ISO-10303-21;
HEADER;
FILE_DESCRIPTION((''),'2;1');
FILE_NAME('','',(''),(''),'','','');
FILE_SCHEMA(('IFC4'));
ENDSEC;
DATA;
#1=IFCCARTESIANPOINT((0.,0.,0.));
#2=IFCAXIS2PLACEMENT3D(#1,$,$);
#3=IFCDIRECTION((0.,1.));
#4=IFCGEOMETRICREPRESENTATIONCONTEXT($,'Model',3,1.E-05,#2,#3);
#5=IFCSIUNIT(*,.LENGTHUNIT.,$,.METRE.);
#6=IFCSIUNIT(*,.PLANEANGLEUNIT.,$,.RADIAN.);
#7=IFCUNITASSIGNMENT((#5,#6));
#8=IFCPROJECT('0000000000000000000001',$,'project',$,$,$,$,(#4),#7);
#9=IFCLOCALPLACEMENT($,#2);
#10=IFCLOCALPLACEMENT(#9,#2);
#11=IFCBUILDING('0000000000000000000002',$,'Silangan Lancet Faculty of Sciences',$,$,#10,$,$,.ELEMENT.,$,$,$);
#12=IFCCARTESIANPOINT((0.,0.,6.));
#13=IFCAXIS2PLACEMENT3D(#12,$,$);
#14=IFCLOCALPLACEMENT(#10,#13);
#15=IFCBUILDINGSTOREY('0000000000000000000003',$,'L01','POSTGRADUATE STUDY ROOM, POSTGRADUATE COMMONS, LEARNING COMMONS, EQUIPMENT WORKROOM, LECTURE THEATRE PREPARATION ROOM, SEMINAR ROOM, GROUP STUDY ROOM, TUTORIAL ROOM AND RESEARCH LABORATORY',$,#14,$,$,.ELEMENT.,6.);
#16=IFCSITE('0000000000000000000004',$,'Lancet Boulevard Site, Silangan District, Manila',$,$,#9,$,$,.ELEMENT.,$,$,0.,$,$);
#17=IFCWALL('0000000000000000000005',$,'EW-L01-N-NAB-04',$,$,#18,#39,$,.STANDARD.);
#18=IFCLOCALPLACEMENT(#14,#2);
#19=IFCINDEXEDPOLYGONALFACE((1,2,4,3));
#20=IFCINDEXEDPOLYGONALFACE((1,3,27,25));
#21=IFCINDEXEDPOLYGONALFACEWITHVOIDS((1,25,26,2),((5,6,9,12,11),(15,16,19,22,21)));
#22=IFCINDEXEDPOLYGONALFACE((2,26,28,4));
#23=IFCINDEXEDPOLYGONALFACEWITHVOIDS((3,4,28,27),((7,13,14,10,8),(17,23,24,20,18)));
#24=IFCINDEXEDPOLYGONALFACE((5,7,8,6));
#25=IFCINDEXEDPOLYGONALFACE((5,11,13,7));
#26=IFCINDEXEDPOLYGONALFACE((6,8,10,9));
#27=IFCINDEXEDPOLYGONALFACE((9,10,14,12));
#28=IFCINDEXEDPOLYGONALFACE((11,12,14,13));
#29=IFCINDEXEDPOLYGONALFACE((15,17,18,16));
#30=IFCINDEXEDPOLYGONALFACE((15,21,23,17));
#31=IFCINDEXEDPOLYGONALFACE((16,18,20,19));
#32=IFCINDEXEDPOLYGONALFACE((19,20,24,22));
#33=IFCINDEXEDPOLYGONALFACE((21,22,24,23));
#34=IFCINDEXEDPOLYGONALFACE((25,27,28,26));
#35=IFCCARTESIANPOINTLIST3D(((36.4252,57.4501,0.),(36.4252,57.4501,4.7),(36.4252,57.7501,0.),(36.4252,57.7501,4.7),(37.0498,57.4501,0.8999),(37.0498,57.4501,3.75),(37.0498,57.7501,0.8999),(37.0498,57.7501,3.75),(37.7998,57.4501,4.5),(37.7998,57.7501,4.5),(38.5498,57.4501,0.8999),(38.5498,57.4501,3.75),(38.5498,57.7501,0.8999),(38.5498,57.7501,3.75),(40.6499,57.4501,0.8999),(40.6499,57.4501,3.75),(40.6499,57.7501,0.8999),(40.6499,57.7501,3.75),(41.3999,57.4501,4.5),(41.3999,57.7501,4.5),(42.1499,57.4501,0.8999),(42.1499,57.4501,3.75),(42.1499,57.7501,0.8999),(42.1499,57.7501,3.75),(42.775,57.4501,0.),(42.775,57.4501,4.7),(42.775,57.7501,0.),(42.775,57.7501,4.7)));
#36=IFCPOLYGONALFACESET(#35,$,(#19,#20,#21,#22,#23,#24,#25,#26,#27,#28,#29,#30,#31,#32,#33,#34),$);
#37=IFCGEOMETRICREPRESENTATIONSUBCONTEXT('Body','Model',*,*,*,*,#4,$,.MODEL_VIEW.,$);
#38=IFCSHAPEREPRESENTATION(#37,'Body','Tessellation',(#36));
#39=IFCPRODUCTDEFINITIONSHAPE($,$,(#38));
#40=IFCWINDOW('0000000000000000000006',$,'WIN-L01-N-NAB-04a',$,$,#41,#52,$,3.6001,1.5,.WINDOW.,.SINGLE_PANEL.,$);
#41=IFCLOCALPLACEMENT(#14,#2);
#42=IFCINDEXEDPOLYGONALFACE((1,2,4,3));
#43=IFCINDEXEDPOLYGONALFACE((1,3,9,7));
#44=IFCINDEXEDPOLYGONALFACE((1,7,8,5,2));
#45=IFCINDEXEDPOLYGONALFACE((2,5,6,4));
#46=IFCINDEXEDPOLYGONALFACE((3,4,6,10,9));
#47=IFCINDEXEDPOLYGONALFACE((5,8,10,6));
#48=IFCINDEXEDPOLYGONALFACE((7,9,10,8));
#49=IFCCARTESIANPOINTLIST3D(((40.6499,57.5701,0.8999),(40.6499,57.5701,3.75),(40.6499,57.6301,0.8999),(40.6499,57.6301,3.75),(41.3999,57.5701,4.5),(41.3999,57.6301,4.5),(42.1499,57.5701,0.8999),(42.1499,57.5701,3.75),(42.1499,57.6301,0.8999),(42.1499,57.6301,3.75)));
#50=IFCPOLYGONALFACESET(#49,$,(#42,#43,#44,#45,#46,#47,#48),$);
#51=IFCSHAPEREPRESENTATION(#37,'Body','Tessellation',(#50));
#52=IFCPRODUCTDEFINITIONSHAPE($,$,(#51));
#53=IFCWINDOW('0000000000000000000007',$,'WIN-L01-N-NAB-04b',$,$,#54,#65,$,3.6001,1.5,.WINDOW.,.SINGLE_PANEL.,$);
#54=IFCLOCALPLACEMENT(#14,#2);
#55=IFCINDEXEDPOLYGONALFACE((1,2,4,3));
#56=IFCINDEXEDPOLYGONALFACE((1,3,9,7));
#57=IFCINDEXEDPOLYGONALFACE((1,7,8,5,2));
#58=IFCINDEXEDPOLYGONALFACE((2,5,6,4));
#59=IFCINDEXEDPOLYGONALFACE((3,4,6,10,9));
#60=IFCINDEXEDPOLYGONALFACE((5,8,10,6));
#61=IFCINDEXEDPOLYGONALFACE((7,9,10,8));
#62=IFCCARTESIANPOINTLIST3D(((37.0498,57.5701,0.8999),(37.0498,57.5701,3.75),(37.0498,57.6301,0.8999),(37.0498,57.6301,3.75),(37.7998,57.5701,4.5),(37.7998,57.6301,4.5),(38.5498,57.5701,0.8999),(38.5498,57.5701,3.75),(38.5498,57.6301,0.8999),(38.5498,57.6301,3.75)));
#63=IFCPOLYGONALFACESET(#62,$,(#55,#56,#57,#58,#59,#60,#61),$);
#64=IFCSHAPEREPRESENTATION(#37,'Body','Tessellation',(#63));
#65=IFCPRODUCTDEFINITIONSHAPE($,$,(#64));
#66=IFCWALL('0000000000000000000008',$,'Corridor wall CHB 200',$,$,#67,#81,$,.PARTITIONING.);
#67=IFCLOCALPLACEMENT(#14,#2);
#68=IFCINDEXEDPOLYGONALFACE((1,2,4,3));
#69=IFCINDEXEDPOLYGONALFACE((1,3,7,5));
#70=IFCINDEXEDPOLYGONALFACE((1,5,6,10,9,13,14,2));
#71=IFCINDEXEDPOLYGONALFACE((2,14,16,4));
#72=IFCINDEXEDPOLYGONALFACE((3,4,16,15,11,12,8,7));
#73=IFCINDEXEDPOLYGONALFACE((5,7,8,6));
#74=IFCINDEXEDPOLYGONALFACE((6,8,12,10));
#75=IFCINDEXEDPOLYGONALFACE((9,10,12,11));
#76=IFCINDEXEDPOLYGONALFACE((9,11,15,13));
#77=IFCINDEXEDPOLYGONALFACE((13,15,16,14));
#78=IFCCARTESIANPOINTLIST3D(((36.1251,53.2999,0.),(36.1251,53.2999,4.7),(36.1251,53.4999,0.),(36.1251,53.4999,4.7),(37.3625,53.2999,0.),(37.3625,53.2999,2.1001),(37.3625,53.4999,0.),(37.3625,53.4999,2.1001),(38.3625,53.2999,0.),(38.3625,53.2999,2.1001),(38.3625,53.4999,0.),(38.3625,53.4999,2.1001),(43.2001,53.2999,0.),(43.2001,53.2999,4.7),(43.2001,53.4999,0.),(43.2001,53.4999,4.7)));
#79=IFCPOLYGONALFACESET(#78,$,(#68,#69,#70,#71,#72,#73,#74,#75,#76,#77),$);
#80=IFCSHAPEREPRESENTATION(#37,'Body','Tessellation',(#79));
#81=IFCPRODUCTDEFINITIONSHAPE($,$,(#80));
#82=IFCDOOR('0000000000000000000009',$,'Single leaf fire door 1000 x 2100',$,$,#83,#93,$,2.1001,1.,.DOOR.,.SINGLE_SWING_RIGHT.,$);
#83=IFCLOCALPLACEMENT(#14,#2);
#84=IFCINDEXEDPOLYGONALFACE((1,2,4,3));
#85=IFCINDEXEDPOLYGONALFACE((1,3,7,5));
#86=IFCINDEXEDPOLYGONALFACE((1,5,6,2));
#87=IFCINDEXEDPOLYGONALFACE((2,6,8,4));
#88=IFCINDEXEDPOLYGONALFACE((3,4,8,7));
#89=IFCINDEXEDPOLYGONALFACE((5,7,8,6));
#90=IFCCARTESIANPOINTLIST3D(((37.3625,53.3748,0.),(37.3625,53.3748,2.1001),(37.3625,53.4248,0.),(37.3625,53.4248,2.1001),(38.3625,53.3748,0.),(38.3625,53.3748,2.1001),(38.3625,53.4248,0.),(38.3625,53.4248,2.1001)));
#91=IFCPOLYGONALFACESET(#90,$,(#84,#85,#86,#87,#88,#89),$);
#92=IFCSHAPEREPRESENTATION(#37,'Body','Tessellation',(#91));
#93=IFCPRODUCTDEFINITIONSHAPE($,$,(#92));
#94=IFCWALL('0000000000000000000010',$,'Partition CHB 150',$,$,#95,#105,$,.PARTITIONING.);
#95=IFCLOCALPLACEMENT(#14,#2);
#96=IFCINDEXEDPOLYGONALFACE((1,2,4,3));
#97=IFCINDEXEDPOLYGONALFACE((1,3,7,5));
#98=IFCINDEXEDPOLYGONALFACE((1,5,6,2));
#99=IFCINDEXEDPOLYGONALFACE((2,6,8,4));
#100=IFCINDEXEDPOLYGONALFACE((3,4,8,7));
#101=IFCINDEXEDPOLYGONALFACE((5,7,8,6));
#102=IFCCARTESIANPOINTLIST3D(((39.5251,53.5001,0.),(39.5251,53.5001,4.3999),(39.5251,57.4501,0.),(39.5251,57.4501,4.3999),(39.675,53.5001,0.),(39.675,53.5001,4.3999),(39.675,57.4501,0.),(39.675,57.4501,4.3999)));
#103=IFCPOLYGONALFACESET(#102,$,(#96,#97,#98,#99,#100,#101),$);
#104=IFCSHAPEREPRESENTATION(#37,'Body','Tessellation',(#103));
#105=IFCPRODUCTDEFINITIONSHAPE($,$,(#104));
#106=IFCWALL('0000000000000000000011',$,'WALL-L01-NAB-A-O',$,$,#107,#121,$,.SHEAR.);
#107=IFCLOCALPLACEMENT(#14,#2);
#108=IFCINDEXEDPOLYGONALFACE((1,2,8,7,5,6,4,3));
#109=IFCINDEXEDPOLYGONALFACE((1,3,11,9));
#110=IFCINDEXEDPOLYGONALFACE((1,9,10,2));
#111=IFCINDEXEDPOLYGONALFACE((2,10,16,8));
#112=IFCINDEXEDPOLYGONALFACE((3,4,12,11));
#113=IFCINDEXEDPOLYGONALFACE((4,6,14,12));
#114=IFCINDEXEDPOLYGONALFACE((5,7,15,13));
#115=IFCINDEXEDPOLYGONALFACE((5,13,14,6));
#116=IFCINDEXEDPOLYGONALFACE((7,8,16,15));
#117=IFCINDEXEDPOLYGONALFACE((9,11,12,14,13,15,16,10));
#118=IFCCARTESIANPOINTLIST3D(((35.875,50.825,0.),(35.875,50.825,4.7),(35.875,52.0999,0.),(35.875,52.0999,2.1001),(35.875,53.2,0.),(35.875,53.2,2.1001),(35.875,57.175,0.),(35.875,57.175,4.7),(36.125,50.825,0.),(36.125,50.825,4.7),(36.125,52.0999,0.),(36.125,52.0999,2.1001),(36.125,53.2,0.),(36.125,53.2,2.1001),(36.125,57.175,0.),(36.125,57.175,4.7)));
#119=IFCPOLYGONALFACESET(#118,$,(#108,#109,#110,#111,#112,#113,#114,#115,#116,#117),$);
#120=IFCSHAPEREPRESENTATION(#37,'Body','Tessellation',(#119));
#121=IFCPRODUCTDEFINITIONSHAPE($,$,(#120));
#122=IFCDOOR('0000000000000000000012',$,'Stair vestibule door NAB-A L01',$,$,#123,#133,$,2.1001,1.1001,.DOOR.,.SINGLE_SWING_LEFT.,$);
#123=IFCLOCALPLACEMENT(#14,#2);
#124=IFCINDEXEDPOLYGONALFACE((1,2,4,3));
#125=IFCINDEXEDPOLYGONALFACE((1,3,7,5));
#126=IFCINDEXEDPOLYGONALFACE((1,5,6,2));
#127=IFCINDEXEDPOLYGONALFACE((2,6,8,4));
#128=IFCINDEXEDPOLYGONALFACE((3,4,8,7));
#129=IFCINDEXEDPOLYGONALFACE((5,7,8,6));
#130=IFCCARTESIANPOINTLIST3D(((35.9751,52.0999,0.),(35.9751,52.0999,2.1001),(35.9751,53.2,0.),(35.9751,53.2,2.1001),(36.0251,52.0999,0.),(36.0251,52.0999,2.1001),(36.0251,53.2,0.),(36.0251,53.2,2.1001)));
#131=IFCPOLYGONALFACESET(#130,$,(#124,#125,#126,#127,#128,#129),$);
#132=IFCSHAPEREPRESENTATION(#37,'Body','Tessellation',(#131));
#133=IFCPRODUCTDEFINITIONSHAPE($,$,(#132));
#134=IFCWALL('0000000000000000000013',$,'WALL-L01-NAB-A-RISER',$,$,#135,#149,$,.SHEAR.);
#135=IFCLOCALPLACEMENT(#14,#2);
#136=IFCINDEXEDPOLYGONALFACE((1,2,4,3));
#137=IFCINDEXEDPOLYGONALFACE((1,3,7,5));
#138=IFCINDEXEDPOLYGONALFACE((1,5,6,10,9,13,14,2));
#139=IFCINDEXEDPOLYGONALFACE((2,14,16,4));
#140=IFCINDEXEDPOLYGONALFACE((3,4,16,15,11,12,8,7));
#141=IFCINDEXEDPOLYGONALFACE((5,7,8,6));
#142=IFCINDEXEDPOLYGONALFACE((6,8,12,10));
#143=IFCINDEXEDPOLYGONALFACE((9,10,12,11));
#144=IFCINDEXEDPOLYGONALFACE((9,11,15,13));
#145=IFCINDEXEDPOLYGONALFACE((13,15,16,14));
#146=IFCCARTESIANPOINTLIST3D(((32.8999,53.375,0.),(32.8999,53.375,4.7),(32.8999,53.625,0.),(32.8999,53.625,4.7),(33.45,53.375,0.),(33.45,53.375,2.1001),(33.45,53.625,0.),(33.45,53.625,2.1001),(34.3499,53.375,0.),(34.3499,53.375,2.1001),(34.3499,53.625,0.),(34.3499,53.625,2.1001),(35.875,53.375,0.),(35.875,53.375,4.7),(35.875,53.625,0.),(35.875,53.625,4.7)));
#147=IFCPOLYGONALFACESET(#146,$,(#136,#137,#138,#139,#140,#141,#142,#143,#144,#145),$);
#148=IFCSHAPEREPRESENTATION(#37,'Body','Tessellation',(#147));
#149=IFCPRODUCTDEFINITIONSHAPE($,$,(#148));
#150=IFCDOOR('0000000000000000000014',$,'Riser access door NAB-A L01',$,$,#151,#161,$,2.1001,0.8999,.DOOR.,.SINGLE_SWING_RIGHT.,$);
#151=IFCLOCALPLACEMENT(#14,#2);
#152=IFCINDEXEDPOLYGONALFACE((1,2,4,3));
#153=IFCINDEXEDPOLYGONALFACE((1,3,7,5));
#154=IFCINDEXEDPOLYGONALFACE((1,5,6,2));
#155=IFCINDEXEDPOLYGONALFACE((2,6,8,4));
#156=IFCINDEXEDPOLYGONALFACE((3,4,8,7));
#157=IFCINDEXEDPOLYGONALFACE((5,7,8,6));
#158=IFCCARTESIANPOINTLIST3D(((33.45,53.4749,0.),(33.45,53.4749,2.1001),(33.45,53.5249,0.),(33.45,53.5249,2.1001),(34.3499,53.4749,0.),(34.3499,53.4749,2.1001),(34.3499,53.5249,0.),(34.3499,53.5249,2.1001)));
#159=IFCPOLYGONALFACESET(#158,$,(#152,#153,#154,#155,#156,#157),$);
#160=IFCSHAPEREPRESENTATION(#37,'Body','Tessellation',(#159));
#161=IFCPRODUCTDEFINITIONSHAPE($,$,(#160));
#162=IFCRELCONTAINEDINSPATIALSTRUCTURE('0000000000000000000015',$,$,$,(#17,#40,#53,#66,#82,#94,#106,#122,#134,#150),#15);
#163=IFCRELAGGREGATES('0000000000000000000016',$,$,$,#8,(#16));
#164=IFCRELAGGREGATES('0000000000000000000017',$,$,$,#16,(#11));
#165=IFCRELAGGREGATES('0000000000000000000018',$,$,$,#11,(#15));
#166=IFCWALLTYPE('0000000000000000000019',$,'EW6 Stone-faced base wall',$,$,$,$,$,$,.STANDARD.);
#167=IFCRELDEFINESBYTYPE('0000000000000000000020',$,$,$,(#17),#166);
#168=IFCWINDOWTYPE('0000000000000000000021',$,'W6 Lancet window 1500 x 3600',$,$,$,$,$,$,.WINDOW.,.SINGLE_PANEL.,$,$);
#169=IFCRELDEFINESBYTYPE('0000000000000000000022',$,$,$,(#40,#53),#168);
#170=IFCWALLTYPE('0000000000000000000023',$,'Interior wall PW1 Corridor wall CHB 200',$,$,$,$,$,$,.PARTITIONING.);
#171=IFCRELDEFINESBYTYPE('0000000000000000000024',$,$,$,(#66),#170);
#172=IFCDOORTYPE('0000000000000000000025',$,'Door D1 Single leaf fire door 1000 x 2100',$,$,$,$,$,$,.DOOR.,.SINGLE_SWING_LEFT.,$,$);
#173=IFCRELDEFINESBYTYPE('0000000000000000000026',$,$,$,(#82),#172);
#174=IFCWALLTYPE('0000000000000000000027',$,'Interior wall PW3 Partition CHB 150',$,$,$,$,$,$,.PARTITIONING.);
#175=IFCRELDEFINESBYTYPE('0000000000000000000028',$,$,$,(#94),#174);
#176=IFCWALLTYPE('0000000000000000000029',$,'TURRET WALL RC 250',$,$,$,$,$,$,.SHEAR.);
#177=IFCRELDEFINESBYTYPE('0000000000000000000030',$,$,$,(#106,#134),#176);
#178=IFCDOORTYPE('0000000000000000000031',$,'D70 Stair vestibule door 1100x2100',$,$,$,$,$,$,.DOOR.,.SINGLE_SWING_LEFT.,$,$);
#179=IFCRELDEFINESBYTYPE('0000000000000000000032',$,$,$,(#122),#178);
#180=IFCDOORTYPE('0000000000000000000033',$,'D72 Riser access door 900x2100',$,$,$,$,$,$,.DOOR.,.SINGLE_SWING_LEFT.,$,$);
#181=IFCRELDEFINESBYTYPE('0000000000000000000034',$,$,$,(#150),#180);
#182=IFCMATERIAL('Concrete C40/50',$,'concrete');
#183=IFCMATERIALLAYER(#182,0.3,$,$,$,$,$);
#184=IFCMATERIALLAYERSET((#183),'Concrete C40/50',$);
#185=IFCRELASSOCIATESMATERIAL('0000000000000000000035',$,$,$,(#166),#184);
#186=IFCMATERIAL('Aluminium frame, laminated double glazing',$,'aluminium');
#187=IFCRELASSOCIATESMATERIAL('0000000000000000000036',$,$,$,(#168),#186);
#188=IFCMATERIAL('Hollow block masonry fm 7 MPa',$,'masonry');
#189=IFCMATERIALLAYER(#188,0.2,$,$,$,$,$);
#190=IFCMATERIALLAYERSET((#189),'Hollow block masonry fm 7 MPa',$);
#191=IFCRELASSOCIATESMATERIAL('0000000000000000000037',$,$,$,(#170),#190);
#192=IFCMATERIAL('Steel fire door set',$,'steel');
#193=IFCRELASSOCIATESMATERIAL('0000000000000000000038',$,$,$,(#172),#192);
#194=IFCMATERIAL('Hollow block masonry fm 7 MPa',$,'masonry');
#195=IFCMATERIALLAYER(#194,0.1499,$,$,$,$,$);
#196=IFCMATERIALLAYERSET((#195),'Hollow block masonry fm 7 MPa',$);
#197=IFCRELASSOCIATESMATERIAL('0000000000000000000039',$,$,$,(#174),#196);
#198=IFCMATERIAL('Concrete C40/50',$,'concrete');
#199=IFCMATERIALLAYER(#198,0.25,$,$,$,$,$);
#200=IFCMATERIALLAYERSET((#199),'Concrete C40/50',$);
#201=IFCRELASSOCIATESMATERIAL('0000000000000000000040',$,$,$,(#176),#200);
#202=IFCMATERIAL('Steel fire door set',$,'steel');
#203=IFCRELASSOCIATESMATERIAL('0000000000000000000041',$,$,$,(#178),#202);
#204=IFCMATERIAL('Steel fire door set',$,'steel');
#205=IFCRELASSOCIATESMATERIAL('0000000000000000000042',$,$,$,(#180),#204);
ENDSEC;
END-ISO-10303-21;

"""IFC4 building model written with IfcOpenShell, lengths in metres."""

from ifc_helpers import new_model, si_unit, direction, frame, frame_2d, origin, place, context, subcontext, project, spatial, polyline, rectangle, outline, extrude, material, layer, layer_set, type_object, element, fill, save


model = new_model("IFC4")

# Units and contexts
model_context = context("Model", 3, precision=1e-05, world=origin(), true_north=direction((0.0, 1.0)))
body_context = subcontext(model_context, "Body", "Model", "MODEL_VIEW")
ifc_project = project(units=[si_unit("LENGTHUNIT", "METRE"), si_unit("PLANEANGLEUNIT", "RADIAN")], contexts=[model_context])

# Site, building, storey
site_placement = place(None, origin())
site = spatial("IfcSite", under=ifc_project, at=site_placement, Name="Lancet Boulevard Site, Silangan District, Manila", CompositionType="ELEMENT", RefElevation=0.0)
building_placement = place(site_placement, origin())
building = spatial("IfcBuilding", under=site, at=building_placement, Name="Silangan Lancet Faculty of Sciences", CompositionType="ELEMENT")
storey_placement = place(building_placement, frame((0.0, 0.0, 6.0)))
storey = spatial("IfcBuildingStorey", under=building, at=storey_placement, Name="L01", Description="POSTGRADUATE STUDY ROOM, POSTGRADUATE COMMONS, LEARNING COMMONS, EQUIPMENT WORKROOM, LECTURE THEATRE PREPARATION ROOM, SEMINAR ROOM, GROUP STUDY ROOM, TUTORIAL ROOM AND RESEARCH LABORATORY", CompositionType="ELEMENT", Elevation=6.0)

# Wall, openings, windows
ifc_material_1 = material(Name="Concrete C40/50", Category="concrete")
ifc_layer_1 = layer(ifc_material_1, 0.3)
ifc_layer_set_1 = layer_set([ifc_layer_1], Name="Concrete C40/50")
wall_type_1 = type_object("IfcWallType", Name="EW6 Stone-faced base wall", PredefinedType="STANDARD", material=ifc_layer_set_1)
wall_1_placement = place(storey_placement, frame((42.7749, 57.6001, 0.0), z_axis=(0.0, 0.0, 1.0), x_axis=(-1.0, 0.0, 0.0)))
wall_1 = element("IfcWall", 1, at=wall_1_placement, inside=storey, type_object=wall_type_1, Name="EW-L01-N-NAB-04", PredefinedType="STANDARD", context=body_context, shape_type="SweptSolid", body=[
    extrude(rectangle(XDim=6.3499, YDim=0.3, at=frame_2d((3.1748, 0.0))), origin(), (0.0, 0.0, 1.0), 4.7),
])
opening_1_placement = place(wall_1_placement, frame((0.625, 0.0, 0.8999)))
opening_1 = element("IfcOpeningElement", 2, at=opening_1_placement, cuts=wall_1, PredefinedType="OPENING", context=body_context, shape_type="SweptSolid", body=[
    extrude(outline(polyline([(0.0, 0.0), (1.5, 0.0), (1.5, 2.8501), (0.75, 3.6001), (0.0, 2.8501), (0.0, 0.0)])), frame((0.0, 0.1599, 0.0), z_axis=(0.0, -1.0, 0.0), x_axis=(1.0, 0.0, 0.0)), (0.0, 0.0, 1.0), 0.3201),
])
opening_2_placement = place(wall_1_placement, frame((4.2251, 0.0, 0.8999)))
opening_2 = element("IfcOpeningElement", 3, at=opening_2_placement, cuts=wall_1, PredefinedType="OPENING", context=body_context, shape_type="SweptSolid", body=[
    extrude(outline(polyline([(0.0, 0.0), (1.5, 0.0), (1.5, 2.8501), (0.75, 3.6001), (0.0, 2.8501), (0.0, 0.0)])), frame((0.0, 0.1599, 0.0), z_axis=(0.0, -1.0, 0.0), x_axis=(1.0, 0.0, 0.0)), (0.0, 0.0, 1.0), 0.3201),
])
ifc_material_2 = material(Name="Aluminium frame, laminated double glazing", Category="aluminium")
window_type_1 = type_object("IfcWindowType", Name="W6 Lancet window 1500 x 3600", PartitioningType="SINGLE_PANEL", PredefinedType="WINDOW", material=ifc_material_2)
window_1_placement = place(opening_1_placement, origin())
window_1 = element("IfcWindow", 4, at=window_1_placement, inside=storey, type_object=window_type_1, Name="WIN-L01-N-NAB-04a", OverallHeight=3.6001, OverallWidth=1.5, PartitioningType="SINGLE_PANEL", PredefinedType="WINDOW", context=body_context, shape_type="SweptSolid", body=[
    extrude(outline(polyline([(0.0, 0.0), (1.5, 0.0), (1.5, 2.8501), (0.75, 3.6001), (0.0, 2.8501), (0.0, 0.0)])), frame((0.0, 0.03, 0.0), z_axis=(0.0, -1.0, 0.0), x_axis=(1.0, 0.0, 0.0)), (0.0, 0.0, 1.0), 0.0601),
])
fill(opening_1, window_1)
window_2_placement = place(opening_2_placement, origin())
window_2 = element("IfcWindow", 5, at=window_2_placement, inside=storey, type_object=window_type_1, Name="WIN-L01-N-NAB-04b", OverallHeight=3.6001, OverallWidth=1.5, PartitioningType="SINGLE_PANEL", PredefinedType="WINDOW", context=body_context, shape_type="SweptSolid", body=[
    extrude(outline(polyline([(0.0, 0.0), (1.5, 0.0), (1.5, 2.8501), (0.75, 3.6001), (0.0, 2.8501), (0.0, 0.0)])), frame((0.0, 0.03, 0.0), z_axis=(0.0, -1.0, 0.0), x_axis=(1.0, 0.0, 0.0)), (0.0, 0.0, 1.0), 0.0601),
])
fill(opening_2, window_2)

# Wall, opening, door
ifc_material_3 = material(Name="Hollow block masonry fm 7 MPa", Category="masonry")
ifc_layer_2 = layer(ifc_material_3, 0.2)
ifc_layer_set_2 = layer_set([ifc_layer_2], Name="Hollow block masonry fm 7 MPa")
wall_type_2 = type_object("IfcWallType", Name="Interior wall PW1 Corridor wall CHB 200", PredefinedType="PARTITIONING", material=ifc_layer_set_2)
wall_2_placement = place(storey_placement, frame((36.125, 53.3999, 0.0), z_axis=(0.0, 0.0, 1.0), x_axis=(1.0, 0.0, 0.0)))
wall_2 = element("IfcWall", 6, at=wall_2_placement, inside=storey, type_object=wall_type_2, Name="Corridor wall CHB 200", PredefinedType="PARTITIONING", context=body_context, shape_type="SweptSolid", body=[
    extrude(rectangle(XDim=7.075, YDim=0.2, at=frame_2d((3.5376, 0.0))), origin(), (0.0, 0.0, 1.0), 4.7),
])
opening_3_placement = place(wall_2_placement, frame((1.2375, 0.0, 0.0)))
opening_3 = element("IfcOpeningElement", 7, at=opening_3_placement, cuts=wall_2, PredefinedType="OPENING", context=body_context, shape_type="SweptSolid", body=[
    extrude(rectangle(XDim=1.0, YDim=2.1001, at=frame_2d((0.5, 1.05))), frame((0.0, 0.1099, 0.0), z_axis=(0.0, -1.0, 0.0), x_axis=(1.0, 0.0, 0.0)), (0.0, 0.0, 1.0), 0.22),
])
ifc_material_4 = material(Name="Steel fire door set", Category="steel")
door_type_1 = type_object("IfcDoorType", Name="Door D1 Single leaf fire door 1000 x 2100", OperationType="SINGLE_SWING_LEFT", PredefinedType="DOOR", material=ifc_material_4)
door_1_placement = place(opening_3_placement, origin())
door_1 = element("IfcDoor", 8, at=door_1_placement, inside=storey, type_object=door_type_1, Name="Single leaf fire door 1000 x 2100", OperationType="SINGLE_SWING_RIGHT", OverallHeight=2.1001, OverallWidth=1.0, PredefinedType="DOOR", context=body_context, shape_type="SweptSolid", body=[
    extrude(rectangle(XDim=1.0, YDim=2.1001, at=frame_2d((0.5, 1.05))), frame((0.0, 0.0249, 0.0), z_axis=(0.0, -1.0, 0.0), x_axis=(1.0, 0.0, 0.0)), (0.0, 0.0, 1.0), 0.05),
])
fill(opening_3, door_1)

# Wall
ifc_material_5 = material(Name="Hollow block masonry fm 7 MPa", Category="masonry")
ifc_layer_3 = layer(ifc_material_5, 0.1499)
ifc_layer_set_3 = layer_set([ifc_layer_3], Name="Hollow block masonry fm 7 MPa")
wall_type_3 = type_object("IfcWallType", Name="Interior wall PW3 Partition CHB 150", PredefinedType="PARTITIONING", material=ifc_layer_set_3)
wall_3_placement = place(storey_placement, frame((39.6001, 53.5, 0.0), z_axis=(0.0, 0.0, 1.0), x_axis=(0.0, 1.0, 0.0)))
element("IfcWall", 9, at=wall_3_placement, inside=storey, type_object=wall_type_3, Name="Partition CHB 150", PredefinedType="PARTITIONING", context=body_context, shape_type="SweptSolid", body=[
    extrude(rectangle(XDim=3.95, YDim=0.1499, at=frame_2d((1.9751, 0.0))), origin(), (0.0, 0.0, 1.0), 4.3999),
])

# Walls, openings, doors
ifc_material_6 = material(Name="Concrete C40/50", Category="concrete")
ifc_layer_4 = layer(ifc_material_6, 0.25)
ifc_layer_set_4 = layer_set([ifc_layer_4], Name="Concrete C40/50")
wall_type_4 = type_object("IfcWallType", Name="TURRET WALL RC 250", PredefinedType="SHEAR", material=ifc_layer_set_4)
wall_4_placement = place(storey_placement, frame((36.0, 50.825, 0.0), z_axis=(0.0, 0.0, 1.0), x_axis=(0.0, 1.0, 0.0)))
wall_4 = element("IfcWall", 10, at=wall_4_placement, inside=storey, type_object=wall_type_4, Name="WALL-L01-NAB-A-O", PredefinedType="SHEAR", context=body_context, shape_type="SweptSolid", body=[
    extrude(rectangle(XDim=6.3501, YDim=0.25, at=frame_2d((3.175, 0.0))), origin(), (0.0, 0.0, 1.0), 4.7),
])
opening_4_placement = place(wall_4_placement, frame((1.2749, 0.0, 0.0)))
opening_4 = element("IfcOpeningElement", 11, at=opening_4_placement, cuts=wall_4, PredefinedType="OPENING", context=body_context, shape_type="SweptSolid", body=[
    extrude(rectangle(XDim=1.1001, YDim=2.1001, at=frame_2d((0.55, 1.05))), frame((0.0, 0.135, 0.0), z_axis=(0.0, -1.0, 0.0), x_axis=(1.0, 0.0, 0.0)), (0.0, 0.0, 1.0), 0.27),
])
ifc_material_7 = material(Name="Steel fire door set", Category="steel")
door_type_2 = type_object("IfcDoorType", Name="D70 Stair vestibule door 1100x2100", OperationType="SINGLE_SWING_LEFT", PredefinedType="DOOR", material=ifc_material_7)
door_2_placement = place(opening_4_placement, origin())
door_2 = element("IfcDoor", 12, at=door_2_placement, inside=storey, type_object=door_type_2, Name="Stair vestibule door NAB-A L01", OperationType="SINGLE_SWING_LEFT", OverallHeight=2.1001, OverallWidth=1.1001, PredefinedType="DOOR", context=body_context, shape_type="SweptSolid", body=[
    extrude(rectangle(XDim=1.1001, YDim=2.1001, at=frame_2d((0.55, 1.05))), frame((0.0, 0.0249, 0.0), z_axis=(0.0, -1.0, 0.0), x_axis=(1.0, 0.0, 0.0)), (0.0, 0.0, 1.0), 0.05),
])
fill(opening_4, door_2)
wall_5_placement = place(storey_placement, frame((32.8999, 53.5, 0.0), z_axis=(0.0, 0.0, 1.0), x_axis=(1.0, 0.0, 0.0)))
wall_5 = element("IfcWall", 13, at=wall_5_placement, inside=storey, type_object=wall_type_4, Name="WALL-L01-NAB-A-RISER", PredefinedType="SHEAR", context=body_context, shape_type="SweptSolid", body=[
    extrude(rectangle(XDim=2.9751, YDim=0.25, at=frame_2d((1.4875, 0.0))), origin(), (0.0, 0.0, 1.0), 4.7),
])
opening_5_placement = place(wall_5_placement, frame((0.55, 0.0, 0.0)))
opening_5 = element("IfcOpeningElement", 14, at=opening_5_placement, cuts=wall_5, PredefinedType="OPENING", context=body_context, shape_type="SweptSolid", body=[
    extrude(rectangle(XDim=0.8999, YDim=2.1001, at=frame_2d((0.45, 1.05))), frame((0.0, 0.135, 0.0), z_axis=(0.0, -1.0, 0.0), x_axis=(1.0, 0.0, 0.0)), (0.0, 0.0, 1.0), 0.27),
])
ifc_material_8 = material(Name="Steel fire door set", Category="steel")
door_type_3 = type_object("IfcDoorType", Name="D72 Riser access door 900x2100", OperationType="SINGLE_SWING_LEFT", PredefinedType="DOOR", material=ifc_material_8)
door_3_placement = place(opening_5_placement, origin())
door_3 = element("IfcDoor", 15, at=door_3_placement, inside=storey, type_object=door_type_3, Name="Riser access door NAB-A L01", OperationType="SINGLE_SWING_RIGHT", OverallHeight=2.1001, OverallWidth=0.8999, PredefinedType="DOOR", context=body_context, shape_type="SweptSolid", body=[
    extrude(rectangle(XDim=0.8999, YDim=2.1001, at=frame_2d((0.45, 1.05))), frame((0.0, 0.0249, 0.0), z_axis=(0.0, -1.0, 0.0), x_axis=(1.0, 0.0, 0.0)), (0.0, 0.0, 1.0), 0.05),
])
fill(opening_5, door_3)

save(model, "model.ifc")
